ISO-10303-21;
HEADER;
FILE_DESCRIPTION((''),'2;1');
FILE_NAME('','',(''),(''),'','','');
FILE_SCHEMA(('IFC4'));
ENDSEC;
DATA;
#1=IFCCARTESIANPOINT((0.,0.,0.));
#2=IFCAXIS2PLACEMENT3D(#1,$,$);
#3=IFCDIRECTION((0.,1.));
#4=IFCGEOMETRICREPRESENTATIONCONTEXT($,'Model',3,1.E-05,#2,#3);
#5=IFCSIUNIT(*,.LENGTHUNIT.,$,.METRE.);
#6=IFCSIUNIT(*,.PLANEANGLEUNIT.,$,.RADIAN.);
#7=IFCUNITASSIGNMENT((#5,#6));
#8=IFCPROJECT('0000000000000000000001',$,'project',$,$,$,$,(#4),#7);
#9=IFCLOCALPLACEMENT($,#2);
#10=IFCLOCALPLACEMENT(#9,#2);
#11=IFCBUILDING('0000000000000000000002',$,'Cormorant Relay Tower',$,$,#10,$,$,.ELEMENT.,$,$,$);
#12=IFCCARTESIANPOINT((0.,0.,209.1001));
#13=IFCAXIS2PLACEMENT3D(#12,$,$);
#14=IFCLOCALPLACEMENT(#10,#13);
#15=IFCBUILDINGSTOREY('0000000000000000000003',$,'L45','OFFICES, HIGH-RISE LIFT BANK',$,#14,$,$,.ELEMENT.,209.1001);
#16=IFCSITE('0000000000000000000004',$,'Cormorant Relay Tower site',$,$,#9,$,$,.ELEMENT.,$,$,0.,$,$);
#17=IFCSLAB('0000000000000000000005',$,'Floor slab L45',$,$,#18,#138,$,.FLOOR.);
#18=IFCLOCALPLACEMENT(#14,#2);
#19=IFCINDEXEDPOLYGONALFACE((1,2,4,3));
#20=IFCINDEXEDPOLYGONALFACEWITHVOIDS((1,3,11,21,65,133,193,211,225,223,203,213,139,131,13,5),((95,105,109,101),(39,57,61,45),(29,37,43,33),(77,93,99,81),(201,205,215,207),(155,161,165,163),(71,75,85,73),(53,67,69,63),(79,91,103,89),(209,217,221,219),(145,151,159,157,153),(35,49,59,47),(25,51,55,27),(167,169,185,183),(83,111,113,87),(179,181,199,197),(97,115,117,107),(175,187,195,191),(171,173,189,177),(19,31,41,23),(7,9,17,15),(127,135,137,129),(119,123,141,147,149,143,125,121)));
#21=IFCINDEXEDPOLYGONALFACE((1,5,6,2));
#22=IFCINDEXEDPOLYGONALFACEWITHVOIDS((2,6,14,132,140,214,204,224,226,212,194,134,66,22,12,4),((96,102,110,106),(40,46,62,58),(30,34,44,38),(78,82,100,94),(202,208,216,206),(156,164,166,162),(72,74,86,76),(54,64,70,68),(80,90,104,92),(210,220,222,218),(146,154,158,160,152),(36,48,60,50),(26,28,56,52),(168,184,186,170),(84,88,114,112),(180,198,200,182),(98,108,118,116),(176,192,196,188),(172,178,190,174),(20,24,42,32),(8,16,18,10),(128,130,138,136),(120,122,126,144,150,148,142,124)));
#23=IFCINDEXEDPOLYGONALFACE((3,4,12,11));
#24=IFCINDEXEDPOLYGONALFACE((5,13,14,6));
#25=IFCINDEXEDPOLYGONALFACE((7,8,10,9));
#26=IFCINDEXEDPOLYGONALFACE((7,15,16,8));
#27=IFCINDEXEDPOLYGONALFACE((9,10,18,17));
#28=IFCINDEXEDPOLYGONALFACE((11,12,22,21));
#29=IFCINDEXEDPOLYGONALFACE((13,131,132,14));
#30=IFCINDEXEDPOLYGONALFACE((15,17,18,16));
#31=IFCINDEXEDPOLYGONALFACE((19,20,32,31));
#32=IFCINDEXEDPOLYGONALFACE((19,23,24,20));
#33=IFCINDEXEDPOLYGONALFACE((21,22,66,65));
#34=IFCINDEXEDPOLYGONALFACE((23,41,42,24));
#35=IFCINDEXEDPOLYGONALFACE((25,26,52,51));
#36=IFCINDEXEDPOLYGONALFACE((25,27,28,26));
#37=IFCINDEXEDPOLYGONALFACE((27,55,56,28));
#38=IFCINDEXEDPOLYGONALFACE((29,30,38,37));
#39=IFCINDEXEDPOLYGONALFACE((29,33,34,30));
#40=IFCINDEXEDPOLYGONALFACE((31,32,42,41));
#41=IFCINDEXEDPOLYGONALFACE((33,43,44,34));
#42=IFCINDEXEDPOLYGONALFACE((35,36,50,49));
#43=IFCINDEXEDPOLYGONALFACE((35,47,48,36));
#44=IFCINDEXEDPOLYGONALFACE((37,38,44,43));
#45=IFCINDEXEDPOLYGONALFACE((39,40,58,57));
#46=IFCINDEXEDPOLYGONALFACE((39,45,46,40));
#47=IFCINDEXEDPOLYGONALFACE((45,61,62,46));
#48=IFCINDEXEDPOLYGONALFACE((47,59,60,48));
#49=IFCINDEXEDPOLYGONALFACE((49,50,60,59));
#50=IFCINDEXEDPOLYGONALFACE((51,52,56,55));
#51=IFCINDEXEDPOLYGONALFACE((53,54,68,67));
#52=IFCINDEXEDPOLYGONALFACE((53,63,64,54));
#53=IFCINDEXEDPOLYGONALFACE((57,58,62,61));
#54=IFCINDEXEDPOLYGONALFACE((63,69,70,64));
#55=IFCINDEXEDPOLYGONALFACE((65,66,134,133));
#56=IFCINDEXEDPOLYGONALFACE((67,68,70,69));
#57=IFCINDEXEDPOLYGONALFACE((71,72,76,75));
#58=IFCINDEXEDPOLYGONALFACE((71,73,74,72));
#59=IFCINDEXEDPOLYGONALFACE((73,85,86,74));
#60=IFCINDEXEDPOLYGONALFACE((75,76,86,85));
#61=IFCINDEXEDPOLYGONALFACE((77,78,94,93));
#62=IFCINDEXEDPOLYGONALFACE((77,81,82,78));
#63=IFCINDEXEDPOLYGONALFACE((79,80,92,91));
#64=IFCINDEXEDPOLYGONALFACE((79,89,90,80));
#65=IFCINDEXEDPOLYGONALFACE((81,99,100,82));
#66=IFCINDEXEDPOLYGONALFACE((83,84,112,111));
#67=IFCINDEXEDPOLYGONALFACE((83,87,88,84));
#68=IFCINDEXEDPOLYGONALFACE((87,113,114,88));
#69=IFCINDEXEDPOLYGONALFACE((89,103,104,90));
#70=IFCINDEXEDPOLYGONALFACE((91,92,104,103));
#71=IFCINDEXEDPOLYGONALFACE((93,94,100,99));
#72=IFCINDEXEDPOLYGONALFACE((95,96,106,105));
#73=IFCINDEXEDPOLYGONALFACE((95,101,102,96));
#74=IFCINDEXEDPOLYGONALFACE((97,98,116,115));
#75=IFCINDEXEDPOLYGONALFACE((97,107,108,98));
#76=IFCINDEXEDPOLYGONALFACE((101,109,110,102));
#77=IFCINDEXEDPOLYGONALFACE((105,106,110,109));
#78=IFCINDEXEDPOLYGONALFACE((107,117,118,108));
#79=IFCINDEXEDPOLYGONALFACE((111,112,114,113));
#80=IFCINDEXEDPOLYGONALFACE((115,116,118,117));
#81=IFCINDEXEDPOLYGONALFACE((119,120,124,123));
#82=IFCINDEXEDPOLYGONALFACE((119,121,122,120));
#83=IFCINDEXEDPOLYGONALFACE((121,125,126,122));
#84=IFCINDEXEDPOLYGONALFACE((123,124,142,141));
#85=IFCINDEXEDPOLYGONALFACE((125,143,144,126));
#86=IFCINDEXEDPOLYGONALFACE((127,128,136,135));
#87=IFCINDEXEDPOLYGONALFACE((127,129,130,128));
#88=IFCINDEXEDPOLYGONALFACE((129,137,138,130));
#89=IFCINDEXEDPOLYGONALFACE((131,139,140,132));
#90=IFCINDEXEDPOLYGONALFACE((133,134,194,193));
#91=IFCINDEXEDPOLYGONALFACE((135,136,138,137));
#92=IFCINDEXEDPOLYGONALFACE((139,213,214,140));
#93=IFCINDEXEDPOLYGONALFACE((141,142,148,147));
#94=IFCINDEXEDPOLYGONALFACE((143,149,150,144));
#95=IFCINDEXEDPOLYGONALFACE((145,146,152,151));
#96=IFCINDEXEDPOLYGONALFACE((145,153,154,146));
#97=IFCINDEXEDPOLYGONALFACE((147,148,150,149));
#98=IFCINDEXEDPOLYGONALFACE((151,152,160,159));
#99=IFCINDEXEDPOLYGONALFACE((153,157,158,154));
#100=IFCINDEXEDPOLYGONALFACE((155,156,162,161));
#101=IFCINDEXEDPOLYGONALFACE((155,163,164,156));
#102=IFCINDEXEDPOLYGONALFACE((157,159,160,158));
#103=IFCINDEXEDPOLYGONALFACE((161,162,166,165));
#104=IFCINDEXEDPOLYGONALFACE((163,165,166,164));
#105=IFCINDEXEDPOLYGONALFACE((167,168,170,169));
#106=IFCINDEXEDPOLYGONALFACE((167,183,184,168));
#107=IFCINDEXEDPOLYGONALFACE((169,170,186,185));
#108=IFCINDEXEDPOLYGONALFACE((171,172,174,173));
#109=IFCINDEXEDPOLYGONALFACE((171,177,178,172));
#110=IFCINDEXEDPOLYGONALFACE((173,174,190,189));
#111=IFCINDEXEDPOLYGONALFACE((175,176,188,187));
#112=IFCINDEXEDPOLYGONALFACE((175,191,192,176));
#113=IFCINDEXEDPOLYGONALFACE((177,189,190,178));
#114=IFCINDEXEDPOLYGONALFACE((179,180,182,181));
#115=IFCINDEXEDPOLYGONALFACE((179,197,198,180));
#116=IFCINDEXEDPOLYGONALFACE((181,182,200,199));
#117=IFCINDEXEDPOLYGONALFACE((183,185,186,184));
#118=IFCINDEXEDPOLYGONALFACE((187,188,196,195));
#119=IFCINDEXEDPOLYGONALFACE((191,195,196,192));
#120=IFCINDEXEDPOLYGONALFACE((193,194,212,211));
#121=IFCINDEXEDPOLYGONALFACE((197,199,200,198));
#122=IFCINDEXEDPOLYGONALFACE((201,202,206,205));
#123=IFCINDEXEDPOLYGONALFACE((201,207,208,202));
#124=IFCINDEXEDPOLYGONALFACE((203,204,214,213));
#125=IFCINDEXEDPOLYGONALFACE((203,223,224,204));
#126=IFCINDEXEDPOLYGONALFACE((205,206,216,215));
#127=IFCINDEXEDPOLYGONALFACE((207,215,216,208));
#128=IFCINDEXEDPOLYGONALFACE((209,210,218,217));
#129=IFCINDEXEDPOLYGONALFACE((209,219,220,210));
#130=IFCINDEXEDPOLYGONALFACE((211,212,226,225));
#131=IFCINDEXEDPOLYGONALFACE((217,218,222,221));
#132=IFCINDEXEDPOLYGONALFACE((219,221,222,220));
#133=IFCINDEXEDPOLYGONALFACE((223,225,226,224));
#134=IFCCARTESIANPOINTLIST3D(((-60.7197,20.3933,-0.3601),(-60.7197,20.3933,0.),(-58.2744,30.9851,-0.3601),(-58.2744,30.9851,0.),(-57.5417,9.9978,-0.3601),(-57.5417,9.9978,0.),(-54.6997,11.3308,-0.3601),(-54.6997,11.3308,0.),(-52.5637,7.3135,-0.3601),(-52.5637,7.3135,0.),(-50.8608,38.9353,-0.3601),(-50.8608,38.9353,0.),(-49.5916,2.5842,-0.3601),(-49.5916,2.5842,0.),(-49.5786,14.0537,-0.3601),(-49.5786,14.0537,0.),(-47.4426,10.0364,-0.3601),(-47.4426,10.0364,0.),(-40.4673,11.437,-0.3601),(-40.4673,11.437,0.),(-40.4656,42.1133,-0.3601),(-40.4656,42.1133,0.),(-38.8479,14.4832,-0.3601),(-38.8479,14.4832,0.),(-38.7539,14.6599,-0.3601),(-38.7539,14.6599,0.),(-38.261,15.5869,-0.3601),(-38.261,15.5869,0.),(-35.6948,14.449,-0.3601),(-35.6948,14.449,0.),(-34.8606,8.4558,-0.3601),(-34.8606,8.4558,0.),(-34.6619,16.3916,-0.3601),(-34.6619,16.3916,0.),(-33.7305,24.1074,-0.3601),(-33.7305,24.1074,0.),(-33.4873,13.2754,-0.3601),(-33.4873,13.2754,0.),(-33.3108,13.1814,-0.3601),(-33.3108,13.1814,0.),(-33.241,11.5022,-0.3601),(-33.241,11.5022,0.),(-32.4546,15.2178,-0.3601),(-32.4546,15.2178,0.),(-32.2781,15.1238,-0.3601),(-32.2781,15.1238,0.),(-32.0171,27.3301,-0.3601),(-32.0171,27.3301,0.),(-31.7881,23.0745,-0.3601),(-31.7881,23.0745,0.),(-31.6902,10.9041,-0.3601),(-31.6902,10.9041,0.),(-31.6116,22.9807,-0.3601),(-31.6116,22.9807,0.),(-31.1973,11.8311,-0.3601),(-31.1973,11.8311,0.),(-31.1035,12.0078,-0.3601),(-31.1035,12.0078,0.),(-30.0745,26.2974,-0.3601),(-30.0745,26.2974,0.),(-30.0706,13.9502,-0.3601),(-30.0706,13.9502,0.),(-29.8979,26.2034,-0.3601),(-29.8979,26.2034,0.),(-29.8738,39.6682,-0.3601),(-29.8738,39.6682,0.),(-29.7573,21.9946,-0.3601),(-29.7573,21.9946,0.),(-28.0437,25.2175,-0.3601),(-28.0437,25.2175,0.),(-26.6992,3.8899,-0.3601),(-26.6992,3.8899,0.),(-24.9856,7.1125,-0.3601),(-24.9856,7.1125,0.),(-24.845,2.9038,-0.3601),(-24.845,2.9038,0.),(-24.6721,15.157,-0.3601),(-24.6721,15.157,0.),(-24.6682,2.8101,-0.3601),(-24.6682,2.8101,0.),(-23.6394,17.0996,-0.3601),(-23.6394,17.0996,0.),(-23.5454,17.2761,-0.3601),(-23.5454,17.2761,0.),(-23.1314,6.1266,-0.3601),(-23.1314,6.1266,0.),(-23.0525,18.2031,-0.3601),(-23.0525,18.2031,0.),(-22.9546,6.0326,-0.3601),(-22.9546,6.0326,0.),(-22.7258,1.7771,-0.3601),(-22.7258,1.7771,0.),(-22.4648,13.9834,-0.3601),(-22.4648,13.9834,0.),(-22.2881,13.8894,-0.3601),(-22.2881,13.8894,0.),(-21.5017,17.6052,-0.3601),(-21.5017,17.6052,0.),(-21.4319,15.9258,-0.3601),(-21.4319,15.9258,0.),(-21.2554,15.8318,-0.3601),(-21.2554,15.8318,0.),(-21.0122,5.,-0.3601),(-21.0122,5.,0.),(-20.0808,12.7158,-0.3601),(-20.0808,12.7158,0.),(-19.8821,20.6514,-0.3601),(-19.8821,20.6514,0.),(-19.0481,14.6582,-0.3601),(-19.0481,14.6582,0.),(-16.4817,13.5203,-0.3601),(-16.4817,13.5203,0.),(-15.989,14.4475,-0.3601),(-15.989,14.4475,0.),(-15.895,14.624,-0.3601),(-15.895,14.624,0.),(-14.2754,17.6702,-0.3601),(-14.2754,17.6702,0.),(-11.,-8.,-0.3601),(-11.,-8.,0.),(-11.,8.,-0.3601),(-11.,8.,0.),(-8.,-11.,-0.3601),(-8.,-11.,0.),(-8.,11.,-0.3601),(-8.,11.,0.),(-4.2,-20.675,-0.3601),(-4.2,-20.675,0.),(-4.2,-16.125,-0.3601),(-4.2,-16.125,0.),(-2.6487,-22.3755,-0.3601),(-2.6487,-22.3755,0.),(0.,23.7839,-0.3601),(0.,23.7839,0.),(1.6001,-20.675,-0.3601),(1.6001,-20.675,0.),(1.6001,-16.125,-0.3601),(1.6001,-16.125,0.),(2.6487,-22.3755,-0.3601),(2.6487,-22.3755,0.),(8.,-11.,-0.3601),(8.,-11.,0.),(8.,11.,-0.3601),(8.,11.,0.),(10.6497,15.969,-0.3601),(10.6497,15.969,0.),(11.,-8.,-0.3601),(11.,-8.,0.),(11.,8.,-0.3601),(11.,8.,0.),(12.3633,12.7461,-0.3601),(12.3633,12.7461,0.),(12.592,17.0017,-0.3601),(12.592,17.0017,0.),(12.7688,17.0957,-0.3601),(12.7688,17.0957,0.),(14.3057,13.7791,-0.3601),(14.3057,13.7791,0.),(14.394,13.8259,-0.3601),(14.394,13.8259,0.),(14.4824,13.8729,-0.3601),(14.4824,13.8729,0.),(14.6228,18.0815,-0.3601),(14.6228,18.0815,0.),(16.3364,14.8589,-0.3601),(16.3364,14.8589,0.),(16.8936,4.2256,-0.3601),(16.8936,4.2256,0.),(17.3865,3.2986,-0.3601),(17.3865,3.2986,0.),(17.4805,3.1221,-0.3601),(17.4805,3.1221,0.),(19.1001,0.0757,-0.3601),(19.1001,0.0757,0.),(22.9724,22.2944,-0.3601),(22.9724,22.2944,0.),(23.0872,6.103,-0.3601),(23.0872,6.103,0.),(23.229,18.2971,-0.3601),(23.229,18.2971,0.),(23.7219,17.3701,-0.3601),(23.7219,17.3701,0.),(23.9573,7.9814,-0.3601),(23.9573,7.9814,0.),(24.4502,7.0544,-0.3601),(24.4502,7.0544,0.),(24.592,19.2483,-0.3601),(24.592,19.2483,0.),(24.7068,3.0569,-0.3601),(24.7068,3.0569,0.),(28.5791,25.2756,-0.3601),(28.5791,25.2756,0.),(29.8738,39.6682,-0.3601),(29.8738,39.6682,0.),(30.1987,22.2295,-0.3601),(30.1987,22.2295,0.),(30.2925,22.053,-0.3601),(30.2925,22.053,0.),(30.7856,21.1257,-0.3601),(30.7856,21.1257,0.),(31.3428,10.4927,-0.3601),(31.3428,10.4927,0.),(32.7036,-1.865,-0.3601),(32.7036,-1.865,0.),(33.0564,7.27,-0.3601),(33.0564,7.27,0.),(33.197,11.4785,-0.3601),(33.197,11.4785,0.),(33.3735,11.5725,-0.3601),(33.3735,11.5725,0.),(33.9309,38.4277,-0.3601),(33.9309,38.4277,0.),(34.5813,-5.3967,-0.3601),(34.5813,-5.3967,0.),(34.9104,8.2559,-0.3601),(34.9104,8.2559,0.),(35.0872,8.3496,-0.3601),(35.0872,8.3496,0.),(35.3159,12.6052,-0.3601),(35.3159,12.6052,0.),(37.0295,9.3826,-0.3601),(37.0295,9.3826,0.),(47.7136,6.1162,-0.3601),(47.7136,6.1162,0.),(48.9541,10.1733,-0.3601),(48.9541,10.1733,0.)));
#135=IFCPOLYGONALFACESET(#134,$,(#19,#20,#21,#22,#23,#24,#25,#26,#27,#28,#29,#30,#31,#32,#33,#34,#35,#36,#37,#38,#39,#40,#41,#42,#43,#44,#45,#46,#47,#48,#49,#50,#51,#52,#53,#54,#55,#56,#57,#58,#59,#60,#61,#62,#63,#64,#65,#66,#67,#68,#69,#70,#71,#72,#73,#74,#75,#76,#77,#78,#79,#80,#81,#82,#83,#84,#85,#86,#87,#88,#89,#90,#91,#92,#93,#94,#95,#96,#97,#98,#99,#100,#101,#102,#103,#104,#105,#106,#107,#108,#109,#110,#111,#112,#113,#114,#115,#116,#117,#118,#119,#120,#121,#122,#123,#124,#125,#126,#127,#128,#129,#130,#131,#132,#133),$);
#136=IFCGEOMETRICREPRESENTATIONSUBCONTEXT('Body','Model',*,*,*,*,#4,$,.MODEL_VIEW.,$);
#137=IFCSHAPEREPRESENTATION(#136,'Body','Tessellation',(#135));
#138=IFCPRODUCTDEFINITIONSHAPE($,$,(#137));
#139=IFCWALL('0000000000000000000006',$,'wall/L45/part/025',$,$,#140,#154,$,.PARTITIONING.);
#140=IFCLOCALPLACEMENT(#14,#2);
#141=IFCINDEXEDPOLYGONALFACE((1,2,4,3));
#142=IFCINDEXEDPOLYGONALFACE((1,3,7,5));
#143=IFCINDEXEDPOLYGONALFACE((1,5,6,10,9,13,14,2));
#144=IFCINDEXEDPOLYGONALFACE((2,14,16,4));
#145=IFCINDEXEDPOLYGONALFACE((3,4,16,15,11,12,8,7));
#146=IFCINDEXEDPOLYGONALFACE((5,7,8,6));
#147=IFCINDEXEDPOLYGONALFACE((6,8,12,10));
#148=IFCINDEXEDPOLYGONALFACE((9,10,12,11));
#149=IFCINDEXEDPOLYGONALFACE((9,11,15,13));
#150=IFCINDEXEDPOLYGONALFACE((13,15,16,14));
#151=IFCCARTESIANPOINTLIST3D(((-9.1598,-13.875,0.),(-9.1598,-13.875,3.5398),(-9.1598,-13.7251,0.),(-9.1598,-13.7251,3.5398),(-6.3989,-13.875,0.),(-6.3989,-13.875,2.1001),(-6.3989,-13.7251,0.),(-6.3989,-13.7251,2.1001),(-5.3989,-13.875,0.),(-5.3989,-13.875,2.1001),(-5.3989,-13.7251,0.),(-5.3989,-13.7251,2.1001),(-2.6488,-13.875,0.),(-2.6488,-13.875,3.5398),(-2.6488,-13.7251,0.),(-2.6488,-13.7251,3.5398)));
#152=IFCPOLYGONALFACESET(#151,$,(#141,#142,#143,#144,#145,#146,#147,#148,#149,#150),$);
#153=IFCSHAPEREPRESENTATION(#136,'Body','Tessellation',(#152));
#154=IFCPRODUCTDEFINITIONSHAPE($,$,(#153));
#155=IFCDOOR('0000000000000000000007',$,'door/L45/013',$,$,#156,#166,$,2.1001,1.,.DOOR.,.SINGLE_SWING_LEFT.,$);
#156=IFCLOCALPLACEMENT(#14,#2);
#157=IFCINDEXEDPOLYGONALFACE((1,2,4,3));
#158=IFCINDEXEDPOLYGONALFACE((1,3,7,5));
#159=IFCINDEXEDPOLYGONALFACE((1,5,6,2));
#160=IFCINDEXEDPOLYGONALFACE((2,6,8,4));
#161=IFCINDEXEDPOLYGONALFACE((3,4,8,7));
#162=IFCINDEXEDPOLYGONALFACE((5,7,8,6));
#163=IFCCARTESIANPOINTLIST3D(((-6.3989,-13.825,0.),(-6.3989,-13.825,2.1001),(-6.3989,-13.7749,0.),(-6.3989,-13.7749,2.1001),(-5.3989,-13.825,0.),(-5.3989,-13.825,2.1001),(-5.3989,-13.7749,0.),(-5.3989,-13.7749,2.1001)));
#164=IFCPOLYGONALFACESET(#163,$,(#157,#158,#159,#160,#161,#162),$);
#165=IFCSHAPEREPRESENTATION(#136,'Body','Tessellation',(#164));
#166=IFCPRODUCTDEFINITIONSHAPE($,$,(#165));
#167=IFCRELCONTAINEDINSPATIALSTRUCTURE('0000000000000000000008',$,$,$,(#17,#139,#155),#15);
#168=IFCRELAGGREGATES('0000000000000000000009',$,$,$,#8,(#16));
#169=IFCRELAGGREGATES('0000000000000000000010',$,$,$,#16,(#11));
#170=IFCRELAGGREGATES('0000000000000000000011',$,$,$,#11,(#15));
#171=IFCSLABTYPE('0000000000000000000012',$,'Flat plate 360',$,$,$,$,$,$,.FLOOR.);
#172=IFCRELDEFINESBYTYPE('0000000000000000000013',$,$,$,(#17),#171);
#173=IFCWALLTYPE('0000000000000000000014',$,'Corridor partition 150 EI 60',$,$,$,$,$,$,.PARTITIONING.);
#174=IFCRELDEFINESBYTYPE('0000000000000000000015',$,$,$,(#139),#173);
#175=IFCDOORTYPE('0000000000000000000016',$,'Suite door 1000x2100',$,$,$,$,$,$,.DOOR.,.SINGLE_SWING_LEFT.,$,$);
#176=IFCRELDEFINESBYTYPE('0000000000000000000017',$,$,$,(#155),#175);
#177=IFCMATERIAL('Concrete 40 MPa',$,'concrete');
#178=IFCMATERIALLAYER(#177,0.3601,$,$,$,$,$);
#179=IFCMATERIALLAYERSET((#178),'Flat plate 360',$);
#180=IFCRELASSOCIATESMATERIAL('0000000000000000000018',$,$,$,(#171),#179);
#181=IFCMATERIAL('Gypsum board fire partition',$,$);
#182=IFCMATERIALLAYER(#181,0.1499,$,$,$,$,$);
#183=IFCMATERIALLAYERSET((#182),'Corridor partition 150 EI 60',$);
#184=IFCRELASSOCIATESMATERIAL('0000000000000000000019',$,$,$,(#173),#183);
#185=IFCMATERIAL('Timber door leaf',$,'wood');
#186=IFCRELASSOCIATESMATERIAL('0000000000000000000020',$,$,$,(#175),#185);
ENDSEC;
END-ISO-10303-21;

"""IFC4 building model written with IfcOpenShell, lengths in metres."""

from ifc_helpers import new_model, si_unit, direction, frame, frame_2d, origin, place, context, subcontext, project, spatial, polyline, rectangle, outline, extrude, material, layer, layer_set, type_object, element, fill, save


model = new_model("IFC4")

# Units and contexts
model_context = context("Model", 3, precision=1e-05, world=origin(), true_north=direction((0.0, 1.0)))
body_context = subcontext(model_context, "Body", "Model", "MODEL_VIEW")
ifc_project = project(units=[si_unit("LENGTHUNIT", "METRE"), si_unit("PLANEANGLEUNIT", "RADIAN")], contexts=[model_context])

# Site, building, storey
site_placement = place(None, origin())
site = spatial("IfcSite", under=ifc_project, at=site_placement, Name="Cormorant Relay Tower site", CompositionType="ELEMENT", RefElevation=0.0)
building_placement = place(site_placement, origin())
building = spatial("IfcBuilding", under=site, at=building_placement, Name="Cormorant Relay Tower", CompositionType="ELEMENT")
storey_placement = place(building_placement, frame((0.0, 0.0, 209.1001)))
storey = spatial("IfcBuildingStorey", under=building, at=storey_placement, Name="L45", Description="OFFICES, HIGH-RISE LIFT BANK", CompositionType="ELEMENT", Elevation=209.1001)

# Slab
ifc_material_1 = material(Name="Concrete 40 MPa", Category="concrete")
ifc_layer_1 = layer(ifc_material_1, 0.3601)
ifc_layer_set_1 = layer_set([ifc_layer_1], Name="Flat plate 360")
slab_type_1 = type_object("IfcSlabType", Name="Flat plate 360", PredefinedType="FLOOR", material=ifc_layer_set_1)
slab_1_placement = place(storey_placement, frame((0.0, 0.0, -0.3601)))
element("IfcSlab", 1, at=slab_1_placement, inside=storey, type_object=slab_type_1, Name="Floor slab L45", PredefinedType="FLOOR", context=body_context, shape_type="SweptSolid", body=[
    extrude(outline(polyline([(-60.7197, 20.3933), (-58.2744, 30.9851), (-50.8608, 38.9353), (-40.4656, 42.1133), (-29.8738, 39.6682), (0.0, 23.7839), (29.8738, 39.6682), (33.9309, 38.4277), (48.9541, 10.1733), (47.7136, 6.1162), (32.7036, -1.865), (34.5813, -5.3967), (2.6487, -22.3755), (-2.6487, -22.3755), (-49.5916, 2.5842), (-57.5417, 9.9978), (-60.7197, 20.3933)]), holes=[polyline([(11.0, -8.0), (11.0, 8.0), (8.0, 11.0), (-8.0, 11.0), (-11.0, 8.0), (-11.0, -8.0), (-8.0, -11.0), (8.0, -11.0), (11.0, -8.0)]), polyline([(-22.9546, 6.0327), (-24.6682, 2.8101), (-22.7258, 1.7771), (-21.0122, 5.0), (-23.043, 6.0796), (-22.9546, 6.0327)]), polyline([(-24.9856, 7.1125), (-26.6992, 3.8899), (-24.845, 2.9038), (-23.1313, 6.1267), (-23.043, 6.0796), (-24.9856, 7.1125)]), polyline([(-54.6997, 11.3308), (-52.5637, 7.3135), (-47.4426, 10.0364), (-49.5786, 14.0537), (-54.6997, 11.3308)]), polyline([(-33.241, 11.5022), (-38.8479, 14.4832), (-40.4673, 11.437), (-34.8606, 8.4558), (-33.241, 11.5022)]), polyline([(-38.261, 15.5869), (-38.7539, 14.6599), (-31.6902, 10.9041), (-31.1973, 11.8311), (-38.261, 15.5869)]), polyline([(-31.1035, 12.0078), (-30.0706, 13.9502), (-32.2781, 15.1238), (-33.3108, 13.1814), (-31.1035, 12.0078)]), polyline([(-19.0481, 14.6582), (-21.2554, 15.8318), (-22.2881, 13.8894), (-20.0808, 12.7158), (-19.0481, 14.6582)]), polyline([(-34.6619, 16.3916), (-35.6948, 14.449), (-33.4873, 13.2754), (-32.4546, 15.2178), (-34.6619, 16.3916)]), polyline([(-23.6394, 17.0996), (-24.6721, 15.157), (-22.4648, 13.9834), (-21.4319, 15.9258), (-23.6394, 17.0996)]), polyline([(-31.6116, 22.9807), (-29.7573, 21.9946), (-28.0437, 25.2175), (-29.8979, 26.2034), (-31.6116, 22.9807)]), polyline([(-32.0171, 27.3301), (-33.7305, 24.1074), (-31.7881, 23.0745), (-30.0745, 26.2974), (-32.0171, 27.3301)]), polyline([(-4.2, -16.125), (-4.2, -20.675), (1.6001, -20.675), (1.6001, -16.125), (-4.2, -16.125)]), polyline([(17.4805, 3.1221), (19.1001, 0.0757), (24.7068, 3.0569), (23.0872, 6.103), (17.4805, 3.1221)]), polyline([(17.3865, 3.2986), (24.4502, 7.0544), (23.9573, 7.9814), (16.8936, 4.2256), (17.3865, 3.2986)]), polyline([(33.197, 11.4785), (31.3428, 10.4927), (33.0564, 7.27), (34.9104, 8.2559), (33.197, 11.4785)]), polyline([(33.3735, 11.5725), (35.0872, 8.3496), (37.0295, 9.3826), (35.3159, 12.6052), (33.3735, 11.5725)]), polyline([(14.3057, 13.7791), (12.592, 17.0017), (10.6497, 15.969), (12.3633, 12.7461), (14.394, 13.8259), (14.3057, 13.7791)]), polyline([(16.3364, 14.8589), (14.6228, 18.0815), (12.7688, 17.0957), (14.4824, 13.8728), (14.394, 13.8259), (16.3364, 14.8589)]), polyline([(-16.4817, 13.5203), (-15.989, 14.4475), (-23.0525, 18.2031), (-23.5454, 17.2761), (-16.4817, 13.5203)]), polyline([(-15.895, 14.624), (-14.2754, 17.6702), (-19.8821, 20.6514), (-21.5017, 17.6052), (-15.895, 14.624)]), polyline([(30.7856, 21.1257), (30.2925, 22.053), (23.229, 18.2971), (23.7219, 17.3701), (30.7856, 21.1257)]), polyline([(24.592, 19.2483), (30.1987, 22.2295), (28.5791, 25.2756), (22.9724, 22.2944), (24.592, 19.2483)])]), origin(), (0.0, 0.0, 1.0), 0.3601),
])

# Wall, opening, door
ifc_material_2 = material(Name="Gypsum board fire partition")
ifc_layer_2 = layer(ifc_material_2, 0.1499)
ifc_layer_set_2 = layer_set([ifc_layer_2], Name="Corridor partition 150 EI 60")
wall_type_1 = type_object("IfcWallType", Name="Corridor partition 150 EI 60", PredefinedType="PARTITIONING", material=ifc_layer_set_2)
wall_1_placement = place(storey_placement, frame((-2.6489, -13.8, 0.0), z_axis=(0.0, 0.0, 1.0), x_axis=(-1.0, 0.0, 0.0)))
wall_1 = element("IfcWall", 2, at=wall_1_placement, inside=storey, type_object=wall_type_1, Name="wall/L45/part/025", PredefinedType="PARTITIONING", context=body_context, shape_type="SweptSolid", body=[
    extrude(rectangle(XDim=6.511, YDim=0.1499, at=frame_2d((3.2554, 0.0))), origin(), (0.0, 0.0, 1.0), 3.5398),
])
opening_1_placement = place(wall_1_placement, frame((2.75, 0.0, 0.0)))
opening_1 = element("IfcOpeningElement", 3, at=opening_1_placement, cuts=wall_1, PredefinedType="OPENING", context=body_context, shape_type="SweptSolid", body=[
    extrude(rectangle(XDim=1.0, YDim=2.1001, at=frame_2d((0.5, 1.05))), frame((0.0, 0.085, 0.0), z_axis=(0.0, -1.0, 0.0), x_axis=(1.0, 0.0, 0.0)), (0.0, 0.0, 1.0), 0.1699),
])
ifc_material_3 = material(Name="Timber door leaf", Category="wood")
door_type = type_object("IfcDoorType", Name="Suite door 1000x2100", OperationType="SINGLE_SWING_LEFT", PredefinedType="DOOR", material=ifc_material_3)
door_1_placement = place(opening_1_placement, origin())
door_1 = element("IfcDoor", 4, at=door_1_placement, inside=storey, type_object=door_type, Name="door/L45/013", OperationType="SINGLE_SWING_LEFT", OverallHeight=2.1001, OverallWidth=1.0, PredefinedType="DOOR", context=body_context, shape_type="SweptSolid", body=[
    extrude(rectangle(XDim=1.0, YDim=2.1001, at=frame_2d((0.5, 1.05))), frame((0.0, 0.0249, 0.0), z_axis=(0.0, -1.0, 0.0), x_axis=(1.0, 0.0, 0.0)), (0.0, 0.0, 1.0), 0.05),
])
fill(opening_1, door_1)

save(model, "model.ifc")
